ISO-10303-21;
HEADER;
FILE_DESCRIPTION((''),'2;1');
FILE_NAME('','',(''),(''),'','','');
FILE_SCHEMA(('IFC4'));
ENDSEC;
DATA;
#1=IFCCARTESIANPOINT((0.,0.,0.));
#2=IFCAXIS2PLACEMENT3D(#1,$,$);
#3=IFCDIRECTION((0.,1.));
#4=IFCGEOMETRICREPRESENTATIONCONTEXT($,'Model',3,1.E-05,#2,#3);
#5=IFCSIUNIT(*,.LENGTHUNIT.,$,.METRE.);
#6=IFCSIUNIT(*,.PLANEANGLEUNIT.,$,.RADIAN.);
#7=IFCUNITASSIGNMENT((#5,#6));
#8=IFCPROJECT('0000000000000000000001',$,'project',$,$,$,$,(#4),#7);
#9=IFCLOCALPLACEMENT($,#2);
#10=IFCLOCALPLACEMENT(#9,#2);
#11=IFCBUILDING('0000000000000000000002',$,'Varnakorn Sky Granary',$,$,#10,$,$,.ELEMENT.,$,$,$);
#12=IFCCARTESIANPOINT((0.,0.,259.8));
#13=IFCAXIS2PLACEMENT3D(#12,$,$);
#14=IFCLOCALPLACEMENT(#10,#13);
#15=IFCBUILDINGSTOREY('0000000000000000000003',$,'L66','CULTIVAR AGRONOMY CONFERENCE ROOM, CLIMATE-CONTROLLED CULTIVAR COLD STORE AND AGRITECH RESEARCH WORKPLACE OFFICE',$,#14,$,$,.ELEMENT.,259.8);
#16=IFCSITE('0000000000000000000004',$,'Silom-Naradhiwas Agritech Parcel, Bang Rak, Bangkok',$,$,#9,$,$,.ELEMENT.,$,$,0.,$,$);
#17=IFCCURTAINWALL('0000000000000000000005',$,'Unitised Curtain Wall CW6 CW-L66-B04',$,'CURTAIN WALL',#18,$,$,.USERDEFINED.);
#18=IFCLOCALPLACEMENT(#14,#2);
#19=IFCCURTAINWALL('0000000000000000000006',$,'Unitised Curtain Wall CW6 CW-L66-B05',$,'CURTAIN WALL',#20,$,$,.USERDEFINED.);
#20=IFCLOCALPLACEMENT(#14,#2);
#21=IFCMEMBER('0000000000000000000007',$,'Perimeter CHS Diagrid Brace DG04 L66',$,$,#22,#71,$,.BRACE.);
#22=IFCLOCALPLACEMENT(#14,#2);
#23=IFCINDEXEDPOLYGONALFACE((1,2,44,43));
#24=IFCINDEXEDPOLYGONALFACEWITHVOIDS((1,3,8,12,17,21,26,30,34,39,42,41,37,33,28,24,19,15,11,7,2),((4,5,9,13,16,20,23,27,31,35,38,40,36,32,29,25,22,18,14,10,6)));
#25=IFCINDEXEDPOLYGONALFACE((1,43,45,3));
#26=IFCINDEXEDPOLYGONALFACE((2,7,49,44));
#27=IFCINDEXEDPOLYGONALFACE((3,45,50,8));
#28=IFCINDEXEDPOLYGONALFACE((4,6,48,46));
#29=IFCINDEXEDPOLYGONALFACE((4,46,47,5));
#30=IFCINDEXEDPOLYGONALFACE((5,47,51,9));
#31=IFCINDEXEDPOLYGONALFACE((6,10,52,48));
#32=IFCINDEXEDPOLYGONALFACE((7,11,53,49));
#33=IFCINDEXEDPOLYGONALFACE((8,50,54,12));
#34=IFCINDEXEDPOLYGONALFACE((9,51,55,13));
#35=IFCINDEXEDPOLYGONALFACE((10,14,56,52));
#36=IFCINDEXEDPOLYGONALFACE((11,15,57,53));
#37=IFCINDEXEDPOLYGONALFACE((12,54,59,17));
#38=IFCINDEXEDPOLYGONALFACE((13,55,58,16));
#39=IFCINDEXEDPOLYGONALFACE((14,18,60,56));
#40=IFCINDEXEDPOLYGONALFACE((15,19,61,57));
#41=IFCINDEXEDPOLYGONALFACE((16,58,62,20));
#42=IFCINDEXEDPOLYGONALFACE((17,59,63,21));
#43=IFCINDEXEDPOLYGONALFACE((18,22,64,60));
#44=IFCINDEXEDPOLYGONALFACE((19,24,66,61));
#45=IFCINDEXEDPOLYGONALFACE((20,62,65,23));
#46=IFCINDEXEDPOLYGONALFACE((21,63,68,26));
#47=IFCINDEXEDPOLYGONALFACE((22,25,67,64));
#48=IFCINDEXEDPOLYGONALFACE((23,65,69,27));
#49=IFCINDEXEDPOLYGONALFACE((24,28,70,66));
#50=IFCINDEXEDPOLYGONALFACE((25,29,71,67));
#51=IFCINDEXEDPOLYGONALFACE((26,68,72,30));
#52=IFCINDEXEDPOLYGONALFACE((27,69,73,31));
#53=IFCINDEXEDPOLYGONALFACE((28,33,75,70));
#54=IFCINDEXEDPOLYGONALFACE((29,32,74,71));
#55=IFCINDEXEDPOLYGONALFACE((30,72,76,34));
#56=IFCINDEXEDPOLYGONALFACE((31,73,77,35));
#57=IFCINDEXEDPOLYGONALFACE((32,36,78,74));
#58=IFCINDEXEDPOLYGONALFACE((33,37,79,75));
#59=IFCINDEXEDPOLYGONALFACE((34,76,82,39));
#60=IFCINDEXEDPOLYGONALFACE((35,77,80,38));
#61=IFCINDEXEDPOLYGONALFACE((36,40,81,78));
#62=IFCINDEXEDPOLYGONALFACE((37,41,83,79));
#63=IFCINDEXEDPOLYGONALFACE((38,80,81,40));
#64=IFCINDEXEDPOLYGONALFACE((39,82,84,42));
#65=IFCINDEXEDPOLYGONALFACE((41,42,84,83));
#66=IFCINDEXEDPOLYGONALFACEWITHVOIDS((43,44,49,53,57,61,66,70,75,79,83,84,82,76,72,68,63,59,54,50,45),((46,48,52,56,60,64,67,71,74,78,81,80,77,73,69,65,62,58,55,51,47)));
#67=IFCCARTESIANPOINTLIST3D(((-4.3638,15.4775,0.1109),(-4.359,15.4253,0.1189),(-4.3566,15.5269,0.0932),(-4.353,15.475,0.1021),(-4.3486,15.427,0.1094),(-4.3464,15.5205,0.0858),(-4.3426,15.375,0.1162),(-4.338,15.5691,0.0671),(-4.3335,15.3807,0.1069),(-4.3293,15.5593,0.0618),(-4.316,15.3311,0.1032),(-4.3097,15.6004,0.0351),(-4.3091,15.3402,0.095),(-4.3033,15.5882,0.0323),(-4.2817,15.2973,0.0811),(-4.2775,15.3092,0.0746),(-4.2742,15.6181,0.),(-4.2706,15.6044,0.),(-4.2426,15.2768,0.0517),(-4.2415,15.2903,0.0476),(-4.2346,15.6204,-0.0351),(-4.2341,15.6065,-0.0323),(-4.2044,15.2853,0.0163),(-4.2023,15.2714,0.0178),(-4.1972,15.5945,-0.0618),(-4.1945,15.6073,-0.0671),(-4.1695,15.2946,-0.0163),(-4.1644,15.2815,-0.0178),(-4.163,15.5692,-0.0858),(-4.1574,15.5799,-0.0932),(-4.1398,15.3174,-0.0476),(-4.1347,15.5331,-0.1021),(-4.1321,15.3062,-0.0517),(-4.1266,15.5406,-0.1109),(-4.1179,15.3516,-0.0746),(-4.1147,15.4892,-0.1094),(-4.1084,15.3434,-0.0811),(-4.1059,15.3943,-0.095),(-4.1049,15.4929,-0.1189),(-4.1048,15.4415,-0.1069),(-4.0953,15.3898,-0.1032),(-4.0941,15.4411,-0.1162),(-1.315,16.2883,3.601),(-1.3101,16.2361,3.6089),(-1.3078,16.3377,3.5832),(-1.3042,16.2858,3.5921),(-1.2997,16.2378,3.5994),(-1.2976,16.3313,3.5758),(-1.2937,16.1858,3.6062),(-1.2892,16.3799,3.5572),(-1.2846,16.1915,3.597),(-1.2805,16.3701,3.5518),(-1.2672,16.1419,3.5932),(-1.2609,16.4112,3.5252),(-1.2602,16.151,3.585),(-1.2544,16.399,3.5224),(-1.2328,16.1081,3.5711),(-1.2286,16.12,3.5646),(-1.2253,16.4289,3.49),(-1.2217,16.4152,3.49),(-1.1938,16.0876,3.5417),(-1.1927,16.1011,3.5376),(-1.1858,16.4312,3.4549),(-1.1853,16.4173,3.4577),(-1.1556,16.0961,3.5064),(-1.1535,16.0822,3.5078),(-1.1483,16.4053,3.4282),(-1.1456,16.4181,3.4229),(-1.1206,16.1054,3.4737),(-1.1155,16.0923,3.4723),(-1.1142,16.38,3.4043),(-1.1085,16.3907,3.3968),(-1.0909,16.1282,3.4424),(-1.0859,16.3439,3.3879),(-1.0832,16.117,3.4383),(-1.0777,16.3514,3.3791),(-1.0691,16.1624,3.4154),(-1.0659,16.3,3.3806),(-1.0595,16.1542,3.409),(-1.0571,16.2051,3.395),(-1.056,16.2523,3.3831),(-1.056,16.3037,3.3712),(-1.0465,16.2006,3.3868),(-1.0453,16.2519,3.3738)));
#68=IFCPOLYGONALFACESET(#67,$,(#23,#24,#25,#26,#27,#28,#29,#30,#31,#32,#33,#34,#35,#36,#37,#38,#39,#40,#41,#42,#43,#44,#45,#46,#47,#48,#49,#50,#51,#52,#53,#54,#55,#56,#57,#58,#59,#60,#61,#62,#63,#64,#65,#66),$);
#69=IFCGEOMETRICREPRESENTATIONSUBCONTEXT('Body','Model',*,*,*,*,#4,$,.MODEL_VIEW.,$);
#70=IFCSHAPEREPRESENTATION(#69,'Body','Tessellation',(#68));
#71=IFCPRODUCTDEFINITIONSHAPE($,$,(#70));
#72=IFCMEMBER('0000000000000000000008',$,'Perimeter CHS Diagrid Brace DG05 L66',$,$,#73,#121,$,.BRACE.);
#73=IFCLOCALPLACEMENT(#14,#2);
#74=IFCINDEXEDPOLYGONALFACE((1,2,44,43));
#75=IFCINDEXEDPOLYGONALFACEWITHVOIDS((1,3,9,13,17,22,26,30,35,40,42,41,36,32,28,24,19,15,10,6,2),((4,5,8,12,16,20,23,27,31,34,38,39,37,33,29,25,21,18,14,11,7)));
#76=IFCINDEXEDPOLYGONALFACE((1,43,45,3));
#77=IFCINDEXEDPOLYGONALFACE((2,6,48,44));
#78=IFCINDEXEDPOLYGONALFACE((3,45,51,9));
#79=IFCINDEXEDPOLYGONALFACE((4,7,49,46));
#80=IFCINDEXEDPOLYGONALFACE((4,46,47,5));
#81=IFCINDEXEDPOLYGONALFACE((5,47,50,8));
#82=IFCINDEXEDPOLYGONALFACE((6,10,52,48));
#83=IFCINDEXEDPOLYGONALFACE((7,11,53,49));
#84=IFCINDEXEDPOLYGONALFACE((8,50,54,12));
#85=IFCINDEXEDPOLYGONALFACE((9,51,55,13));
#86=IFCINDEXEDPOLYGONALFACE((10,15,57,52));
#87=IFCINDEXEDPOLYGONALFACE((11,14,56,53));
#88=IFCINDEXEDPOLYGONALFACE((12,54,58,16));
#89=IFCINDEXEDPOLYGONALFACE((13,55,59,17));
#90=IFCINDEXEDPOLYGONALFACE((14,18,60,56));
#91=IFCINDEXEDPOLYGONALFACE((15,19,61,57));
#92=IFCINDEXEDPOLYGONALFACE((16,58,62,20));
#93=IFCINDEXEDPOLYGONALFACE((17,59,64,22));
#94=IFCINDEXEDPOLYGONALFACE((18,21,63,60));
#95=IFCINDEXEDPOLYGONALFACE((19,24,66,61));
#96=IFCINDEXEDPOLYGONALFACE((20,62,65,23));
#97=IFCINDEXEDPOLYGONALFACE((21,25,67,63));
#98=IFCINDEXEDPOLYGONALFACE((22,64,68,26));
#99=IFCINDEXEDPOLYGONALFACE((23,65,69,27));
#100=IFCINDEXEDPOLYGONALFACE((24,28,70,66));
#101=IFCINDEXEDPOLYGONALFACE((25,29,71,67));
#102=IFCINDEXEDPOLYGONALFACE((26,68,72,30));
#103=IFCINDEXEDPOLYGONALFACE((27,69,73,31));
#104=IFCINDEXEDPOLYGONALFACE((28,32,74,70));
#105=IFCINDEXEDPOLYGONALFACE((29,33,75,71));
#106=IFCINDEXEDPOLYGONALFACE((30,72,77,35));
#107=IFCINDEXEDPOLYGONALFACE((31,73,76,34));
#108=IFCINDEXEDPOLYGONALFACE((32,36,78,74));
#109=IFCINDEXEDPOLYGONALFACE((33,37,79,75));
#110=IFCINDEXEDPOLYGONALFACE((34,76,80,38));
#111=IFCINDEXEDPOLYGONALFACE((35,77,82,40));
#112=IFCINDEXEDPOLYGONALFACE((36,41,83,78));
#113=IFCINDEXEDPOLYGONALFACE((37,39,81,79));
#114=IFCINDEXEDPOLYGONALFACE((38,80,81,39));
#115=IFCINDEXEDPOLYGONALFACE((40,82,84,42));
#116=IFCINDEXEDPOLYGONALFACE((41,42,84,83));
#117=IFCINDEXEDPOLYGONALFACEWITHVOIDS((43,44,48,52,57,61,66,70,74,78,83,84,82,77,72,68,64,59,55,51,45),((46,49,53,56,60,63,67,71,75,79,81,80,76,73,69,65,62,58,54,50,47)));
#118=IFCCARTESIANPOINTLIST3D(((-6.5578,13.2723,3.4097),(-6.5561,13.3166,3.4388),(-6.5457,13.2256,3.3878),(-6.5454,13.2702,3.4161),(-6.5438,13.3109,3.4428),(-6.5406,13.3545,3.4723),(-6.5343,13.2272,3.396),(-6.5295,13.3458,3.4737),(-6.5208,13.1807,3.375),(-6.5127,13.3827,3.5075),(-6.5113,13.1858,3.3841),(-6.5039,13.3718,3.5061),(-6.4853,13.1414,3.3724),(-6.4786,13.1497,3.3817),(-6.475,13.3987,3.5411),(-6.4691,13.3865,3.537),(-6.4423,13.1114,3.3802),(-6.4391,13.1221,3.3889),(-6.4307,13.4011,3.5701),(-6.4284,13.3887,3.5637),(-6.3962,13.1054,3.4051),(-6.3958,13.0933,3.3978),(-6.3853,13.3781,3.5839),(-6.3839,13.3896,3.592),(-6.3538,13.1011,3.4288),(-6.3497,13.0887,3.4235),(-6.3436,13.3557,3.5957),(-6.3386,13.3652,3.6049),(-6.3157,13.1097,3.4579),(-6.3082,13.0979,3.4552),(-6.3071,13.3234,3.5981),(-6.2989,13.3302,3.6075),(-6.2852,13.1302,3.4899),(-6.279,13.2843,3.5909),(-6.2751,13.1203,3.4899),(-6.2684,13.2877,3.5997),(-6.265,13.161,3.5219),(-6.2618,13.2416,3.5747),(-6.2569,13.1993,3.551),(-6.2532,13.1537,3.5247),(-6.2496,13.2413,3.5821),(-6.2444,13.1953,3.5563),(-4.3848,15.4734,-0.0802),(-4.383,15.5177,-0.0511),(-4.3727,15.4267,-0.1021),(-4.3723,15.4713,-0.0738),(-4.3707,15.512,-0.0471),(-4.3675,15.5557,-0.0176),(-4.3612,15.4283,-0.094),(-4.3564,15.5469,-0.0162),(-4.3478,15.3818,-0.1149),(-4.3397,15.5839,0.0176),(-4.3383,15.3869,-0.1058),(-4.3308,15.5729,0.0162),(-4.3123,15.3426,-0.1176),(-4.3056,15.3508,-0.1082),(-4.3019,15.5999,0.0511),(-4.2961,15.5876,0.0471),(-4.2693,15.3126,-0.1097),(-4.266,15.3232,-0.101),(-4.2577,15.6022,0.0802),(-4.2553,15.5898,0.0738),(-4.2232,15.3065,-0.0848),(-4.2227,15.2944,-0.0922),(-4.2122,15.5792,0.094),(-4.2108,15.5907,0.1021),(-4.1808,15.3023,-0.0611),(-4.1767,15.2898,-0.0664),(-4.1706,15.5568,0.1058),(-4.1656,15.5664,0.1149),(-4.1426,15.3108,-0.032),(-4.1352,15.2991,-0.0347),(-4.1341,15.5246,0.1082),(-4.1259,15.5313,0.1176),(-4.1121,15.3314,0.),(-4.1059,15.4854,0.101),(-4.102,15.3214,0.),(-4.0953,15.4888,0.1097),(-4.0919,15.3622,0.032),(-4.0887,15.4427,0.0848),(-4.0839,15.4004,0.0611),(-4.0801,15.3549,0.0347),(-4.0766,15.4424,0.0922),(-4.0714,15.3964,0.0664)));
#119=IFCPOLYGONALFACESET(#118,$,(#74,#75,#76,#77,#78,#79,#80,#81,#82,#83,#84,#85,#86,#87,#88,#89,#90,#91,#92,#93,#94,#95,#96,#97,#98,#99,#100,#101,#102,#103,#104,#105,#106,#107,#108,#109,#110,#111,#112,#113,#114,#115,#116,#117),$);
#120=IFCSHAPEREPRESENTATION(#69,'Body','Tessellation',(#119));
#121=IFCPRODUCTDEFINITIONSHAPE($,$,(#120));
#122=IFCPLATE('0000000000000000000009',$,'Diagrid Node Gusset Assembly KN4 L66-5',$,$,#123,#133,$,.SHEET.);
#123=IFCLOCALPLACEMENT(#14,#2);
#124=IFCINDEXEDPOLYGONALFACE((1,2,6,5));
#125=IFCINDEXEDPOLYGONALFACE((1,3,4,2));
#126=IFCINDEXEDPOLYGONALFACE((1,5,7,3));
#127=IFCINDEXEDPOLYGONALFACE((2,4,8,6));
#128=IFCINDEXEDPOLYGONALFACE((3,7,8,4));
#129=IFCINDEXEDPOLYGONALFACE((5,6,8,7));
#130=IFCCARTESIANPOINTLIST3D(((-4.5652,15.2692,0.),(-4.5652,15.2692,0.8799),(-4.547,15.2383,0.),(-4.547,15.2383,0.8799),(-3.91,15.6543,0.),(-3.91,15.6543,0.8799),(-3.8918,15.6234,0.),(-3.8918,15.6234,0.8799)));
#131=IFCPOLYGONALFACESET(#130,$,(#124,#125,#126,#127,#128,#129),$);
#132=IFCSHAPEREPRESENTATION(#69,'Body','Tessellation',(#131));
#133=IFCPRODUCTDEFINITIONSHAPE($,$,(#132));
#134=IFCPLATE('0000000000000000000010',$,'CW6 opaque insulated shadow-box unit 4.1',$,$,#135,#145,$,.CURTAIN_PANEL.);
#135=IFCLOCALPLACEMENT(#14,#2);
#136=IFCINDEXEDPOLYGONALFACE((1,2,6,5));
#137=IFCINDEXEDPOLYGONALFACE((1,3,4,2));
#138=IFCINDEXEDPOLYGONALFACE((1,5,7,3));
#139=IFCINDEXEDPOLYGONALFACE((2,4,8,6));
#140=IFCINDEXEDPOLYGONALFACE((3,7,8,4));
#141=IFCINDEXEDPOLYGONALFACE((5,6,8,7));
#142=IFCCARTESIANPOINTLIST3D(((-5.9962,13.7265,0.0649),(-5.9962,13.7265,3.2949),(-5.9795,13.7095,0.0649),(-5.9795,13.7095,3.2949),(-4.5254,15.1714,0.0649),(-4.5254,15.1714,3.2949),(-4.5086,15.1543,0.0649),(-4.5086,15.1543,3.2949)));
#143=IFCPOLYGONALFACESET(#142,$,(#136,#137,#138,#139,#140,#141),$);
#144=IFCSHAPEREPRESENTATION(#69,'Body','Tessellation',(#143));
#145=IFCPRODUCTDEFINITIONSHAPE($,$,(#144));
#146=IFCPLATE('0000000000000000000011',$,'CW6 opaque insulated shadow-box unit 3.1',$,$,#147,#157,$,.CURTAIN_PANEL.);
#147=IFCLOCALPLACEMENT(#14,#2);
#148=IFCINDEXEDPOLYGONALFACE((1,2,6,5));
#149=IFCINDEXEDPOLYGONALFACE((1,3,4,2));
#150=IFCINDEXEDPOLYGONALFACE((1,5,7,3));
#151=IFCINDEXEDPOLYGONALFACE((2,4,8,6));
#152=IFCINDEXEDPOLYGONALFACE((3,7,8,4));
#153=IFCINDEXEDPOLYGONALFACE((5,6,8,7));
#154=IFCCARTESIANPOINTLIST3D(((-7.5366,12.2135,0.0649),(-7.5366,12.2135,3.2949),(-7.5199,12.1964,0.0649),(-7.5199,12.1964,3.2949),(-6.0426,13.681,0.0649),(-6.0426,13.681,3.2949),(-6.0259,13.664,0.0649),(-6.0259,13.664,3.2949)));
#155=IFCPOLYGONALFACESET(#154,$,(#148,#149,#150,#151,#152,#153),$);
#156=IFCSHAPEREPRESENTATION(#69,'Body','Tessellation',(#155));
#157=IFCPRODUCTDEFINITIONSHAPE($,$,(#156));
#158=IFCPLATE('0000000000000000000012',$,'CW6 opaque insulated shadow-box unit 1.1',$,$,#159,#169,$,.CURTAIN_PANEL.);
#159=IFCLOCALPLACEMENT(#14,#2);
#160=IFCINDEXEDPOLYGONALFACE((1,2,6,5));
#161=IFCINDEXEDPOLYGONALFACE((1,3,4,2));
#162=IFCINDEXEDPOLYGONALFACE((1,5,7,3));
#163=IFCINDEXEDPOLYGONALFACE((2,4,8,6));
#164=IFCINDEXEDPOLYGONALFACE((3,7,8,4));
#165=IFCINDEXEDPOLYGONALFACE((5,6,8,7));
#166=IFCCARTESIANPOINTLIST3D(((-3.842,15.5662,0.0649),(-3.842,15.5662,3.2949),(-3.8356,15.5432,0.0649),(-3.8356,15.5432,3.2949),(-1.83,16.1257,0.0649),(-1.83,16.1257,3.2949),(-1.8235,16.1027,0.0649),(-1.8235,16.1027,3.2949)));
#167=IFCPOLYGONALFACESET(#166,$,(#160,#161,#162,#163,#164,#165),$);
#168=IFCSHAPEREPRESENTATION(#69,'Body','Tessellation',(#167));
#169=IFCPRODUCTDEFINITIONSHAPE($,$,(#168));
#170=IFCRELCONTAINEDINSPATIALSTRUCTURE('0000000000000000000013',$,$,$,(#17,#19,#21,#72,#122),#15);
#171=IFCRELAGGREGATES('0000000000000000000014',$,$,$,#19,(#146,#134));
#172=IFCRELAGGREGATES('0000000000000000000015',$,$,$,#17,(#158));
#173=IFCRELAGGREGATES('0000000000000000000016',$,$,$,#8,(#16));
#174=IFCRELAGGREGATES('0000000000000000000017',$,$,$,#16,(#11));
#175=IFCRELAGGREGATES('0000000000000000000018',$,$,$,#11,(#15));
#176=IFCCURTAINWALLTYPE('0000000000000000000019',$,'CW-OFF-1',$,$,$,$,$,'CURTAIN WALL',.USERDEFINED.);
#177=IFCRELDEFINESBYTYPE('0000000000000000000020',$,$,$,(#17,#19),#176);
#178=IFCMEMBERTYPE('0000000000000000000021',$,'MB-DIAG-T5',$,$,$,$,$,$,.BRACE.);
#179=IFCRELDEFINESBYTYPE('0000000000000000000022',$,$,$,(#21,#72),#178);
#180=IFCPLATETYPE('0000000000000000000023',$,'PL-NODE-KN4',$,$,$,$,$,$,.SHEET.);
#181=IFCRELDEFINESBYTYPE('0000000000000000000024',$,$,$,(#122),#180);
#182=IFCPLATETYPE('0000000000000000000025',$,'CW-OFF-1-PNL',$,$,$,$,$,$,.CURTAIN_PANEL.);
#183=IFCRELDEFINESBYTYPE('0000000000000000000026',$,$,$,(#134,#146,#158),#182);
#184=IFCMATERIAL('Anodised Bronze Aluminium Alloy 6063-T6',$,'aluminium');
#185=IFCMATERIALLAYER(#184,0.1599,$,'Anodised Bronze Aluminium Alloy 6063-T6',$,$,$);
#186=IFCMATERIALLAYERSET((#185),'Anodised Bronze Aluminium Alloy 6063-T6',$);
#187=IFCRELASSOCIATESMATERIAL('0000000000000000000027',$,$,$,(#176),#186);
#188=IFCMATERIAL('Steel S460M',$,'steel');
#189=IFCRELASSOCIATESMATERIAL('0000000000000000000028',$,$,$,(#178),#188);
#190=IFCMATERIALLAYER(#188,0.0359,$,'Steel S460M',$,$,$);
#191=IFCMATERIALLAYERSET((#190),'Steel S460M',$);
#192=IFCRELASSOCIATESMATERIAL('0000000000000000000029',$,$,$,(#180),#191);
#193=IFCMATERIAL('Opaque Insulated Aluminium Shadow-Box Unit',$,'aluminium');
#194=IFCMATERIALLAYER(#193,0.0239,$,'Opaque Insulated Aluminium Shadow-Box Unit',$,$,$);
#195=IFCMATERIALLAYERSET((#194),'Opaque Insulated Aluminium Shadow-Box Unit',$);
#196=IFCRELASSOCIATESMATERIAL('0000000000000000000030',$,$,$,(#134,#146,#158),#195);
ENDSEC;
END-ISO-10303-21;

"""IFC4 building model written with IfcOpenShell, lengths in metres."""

from ifc_helpers import new_model, si_unit, direction, frame, origin, origin_2d, place, context, subcontext, project, spatial, rectangle, hollow_circle, extrude, source, transform, mapped, material, layer, layer_set, material_profile, profile_set, type_object, type_shapes, element, aggregate, save


model = new_model("IFC4")

# Units and contexts
model_context = context("Model", 3, precision=1e-05, world=origin(), true_north=direction((0.0, 1.0)))
body_context = subcontext(model_context, "Body", "Model", "MODEL_VIEW")
ifc_project = project(units=[si_unit("LENGTHUNIT", "METRE"), si_unit("PLANEANGLEUNIT", "RADIAN")], contexts=[model_context])

# Site, building, storey
site_placement = place(None, origin())
site = spatial("IfcSite", under=ifc_project, at=site_placement, Name="Silom-Naradhiwas Agritech Parcel, Bang Rak, Bangkok", CompositionType="ELEMENT", RefElevation=0.0)
building_placement = place(site_placement, origin())
building = spatial("IfcBuilding", under=site, at=building_placement, Name="Varnakorn Sky Granary", CompositionType="ELEMENT")
storey_placement = place(building_placement, frame((0.0, 0.0, 259.8)))
storey = spatial("IfcBuildingStorey", under=building, at=storey_placement, Name="L66", Description="CULTIVAR AGRONOMY CONFERENCE ROOM, CLIMATE-CONTROLLED CULTIVAR COLD STORE AND AGRITECH RESEARCH WORKPLACE OFFICE", CompositionType="ELEMENT", Elevation=259.8)

# Shared definitions
ifc_material_1 = material(Name="Steel S460M", Category="steel")

# Curtain wall
ifc_material_2 = material(Name="Anodised Bronze Aluminium Alloy 6063-T6", Category="aluminium")
ifc_layer_1 = layer(ifc_material_2, 0.1599, Name="Anodised Bronze Aluminium Alloy 6063-T6")
ifc_layer_set_1 = layer_set([ifc_layer_1], Name="Anodised Bronze Aluminium Alloy 6063-T6")
curtain_wall_type = type_object("IfcCurtainWallType", Name="CW-OFF-1", ElementType="CURTAIN WALL", PredefinedType="USERDEFINED", material=ifc_layer_set_1)
curtain_wall_1_placement = place(storey_placement, origin())
curtain_wall_1 = element("IfcCurtainWall", 1, at=curtain_wall_1_placement, inside=storey, type_object=curtain_wall_type, Name="Unitised Curtain Wall CW6 CW-L66-B04", ObjectType="CURTAIN WALL", PredefinedType="USERDEFINED")

# Curtain wall
curtain_wall_2_placement = place(storey_placement, origin())
curtain_wall_2 = element("IfcCurtainWall", 2, at=curtain_wall_2_placement, inside=storey, type_object=curtain_wall_type, Name="Unitised Curtain Wall CW6 CW-L66-B05", ObjectType="CURTAIN WALL", PredefinedType="USERDEFINED")

# Members
ifc_material_profile_1 = material_profile(ifc_material_1, hollow_circle(Radius=0.1777, WallThickness=0.0142, at=origin_2d()), Name="CHS 355.6x14")
ifc_profile_set_1 = profile_set([ifc_material_profile_1], Name="Steel S460M")
member_type_1 = type_object("IfcMemberType", Name="MB-DIAG-T5", PredefinedType="BRACE", material=ifc_profile_set_1)
member_1_placement = place(storey_placement, frame((-4.2285, 15.4463, 0.0), z_axis=(0.64806, 0.172342, 0.741833), x_axis=(-0.257003, 0.966411, 0.0)))
element("IfcMember", 3, at=member_1_placement, inside=storey, type_object=member_type_1, Name="Perimeter CHS Diagrid Brace DG04 L66", PredefinedType="BRACE", context=body_context, shape_type="SweptSolid", body=[
    extrude(hollow_circle(Radius=0.1777, WallThickness=0.0142, at=origin_2d()), origin(), (0.0, 0.0, 1.0), 4.7046),
])
member_2_placement = place(storey_placement, frame((-4.2285, 15.4463, 0.0), z_axis=(-0.465987, -0.472008, 0.748375), x_axis=(0.711631, -0.702554, 0.0)))
element("IfcMember", 4, at=member_2_placement, inside=storey, type_object=member_type_1, Name="Perimeter CHS Diagrid Brace DG05 L66", PredefinedType="BRACE", context=body_context, shape_type="SweptSolid", body=[
    extrude(hollow_circle(Radius=0.1777, WallThickness=0.0142, at=origin_2d()), origin(), (0.0, 0.0, 1.0), 4.6633),
])

# Plates
ifc_layer_2 = layer(ifc_material_1, 0.0359, Name="Steel S460M")
ifc_layer_set_2 = layer_set([ifc_layer_2], Name="Steel S460M")
plate_type_1 = type_object("IfcPlateType", Name="PL-NODE-KN4", PredefinedType="SHEET", material=ifc_layer_set_2)
plate_1_placement = place(storey_placement, frame((-4.2285, 15.4463, 0.0), z_axis=(0.0, 0.0, 1.0), x_axis=(-0.86212, -0.506704, 0.0)))
element("IfcPlate", 5, at=plate_1_placement, inside=storey, type_object=plate_type_1, Name="Diagrid Node Gusset Assembly KN4 L66-5", PredefinedType="SHEET", context=body_context, shape_type="SweptSolid", body=[
    extrude(rectangle(XDim=0.76, YDim=0.0359, at=origin_2d()), origin(), (0.0, 0.0, 1.0), 0.8799),
])
ifc_material_3 = material(Name="Opaque Insulated Aluminium Shadow-Box Unit", Category="aluminium")
ifc_layer_3 = layer(ifc_material_3, 0.0239, Name="Opaque Insulated Aluminium Shadow-Box Unit")
ifc_layer_set_3 = layer_set([ifc_layer_3], Name="Opaque Insulated Aluminium Shadow-Box Unit")
plate_type_2 = type_object("IfcPlateType", Name="CW-OFF-1-PNL", PredefinedType="CURTAIN_PANEL")
shared_shape_1 = source(origin(), body_context, "Body", "SweptSolid", [
    extrude(rectangle(XDim=2.0618, YDim=0.0239, at=origin_2d()), origin(), (0.0, 0.0, 1.0), 3.23),
])
plate_2_placement = place(storey_placement, frame((-5.2524, 14.4404, 0.0649), z_axis=(0.0, 0.0, 1.0), x_axis=(0.713383, 0.700774, 0.0)))
plate_2 = element("IfcPlate", 6, at=plate_2_placement, type_object=plate_type_2, material=ifc_layer_set_3, Name="CW6 opaque insulated shadow-box unit 4.1", PredefinedType="CURTAIN_PANEL", context=body_context, shape_type="MappedRepresentation", body=[
    mapped(shared_shape_1, transform((0.0, 0.0, 0.0), x_axis=(1.0, 0.0, 0.0), y_axis=(0.0, 1.0, 0.0), z_axis=(0.0, 0.0, 1.0), scale=1.0)),
])
shared_shape_2 = source(origin(), body_context, "Body", "SweptSolid", [
    extrude(rectangle(XDim=2.0942, YDim=0.0239, at=origin_2d()), origin(), (0.0, 0.0, 1.0), 3.23),
])
plate_3_placement = place(storey_placement, frame((-6.7812, 12.9387, 0.0649), z_axis=(0.0, 0.0, 1.0), x_axis=(0.713383, 0.700774, 0.0)))
plate_3 = element("IfcPlate", 7, at=plate_3_placement, type_object=plate_type_2, material=ifc_layer_set_3, Name="CW6 opaque insulated shadow-box unit 3.1", PredefinedType="CURTAIN_PANEL", context=body_context, shape_type="MappedRepresentation", body=[
    mapped(shared_shape_2, transform((0.0, 0.0, 0.0), x_axis=(1.0, 0.0, 0.0), y_axis=(0.0, 1.0, 0.0), z_axis=(0.0, 0.0, 1.0), scale=1.0)),
])
aggregate(curtain_wall_2, [plate_3, plate_2])
shared_shape_3 = source(origin(), body_context, "Body", "SweptSolid", [
    extrude(rectangle(XDim=2.0884, YDim=0.0239, at=origin_2d()), origin(), (0.0, 0.0, 1.0), 3.23),
])
type_shapes(plate_type_2, [shared_shape_1, shared_shape_2, shared_shape_3])
plate_4_placement = place(storey_placement, frame((-2.8328, 15.8345, 0.0649), z_axis=(0.0, 0.0, 1.0), x_axis=(0.963444, 0.267911, 0.0)))
plate_4 = element("IfcPlate", 8, at=plate_4_placement, type_object=plate_type_2, material=ifc_layer_set_3, Name="CW6 opaque insulated shadow-box unit 1.1", PredefinedType="CURTAIN_PANEL", context=body_context, shape_type="MappedRepresentation", body=[
    mapped(shared_shape_3, transform((0.0, 0.0, 0.0), x_axis=(1.0, 0.0, 0.0), y_axis=(0.0, 1.0, 0.0), z_axis=(0.0, 0.0, 1.0), scale=1.0)),
])
aggregate(curtain_wall_1, [plate_4])

save(model, "model.ifc")
